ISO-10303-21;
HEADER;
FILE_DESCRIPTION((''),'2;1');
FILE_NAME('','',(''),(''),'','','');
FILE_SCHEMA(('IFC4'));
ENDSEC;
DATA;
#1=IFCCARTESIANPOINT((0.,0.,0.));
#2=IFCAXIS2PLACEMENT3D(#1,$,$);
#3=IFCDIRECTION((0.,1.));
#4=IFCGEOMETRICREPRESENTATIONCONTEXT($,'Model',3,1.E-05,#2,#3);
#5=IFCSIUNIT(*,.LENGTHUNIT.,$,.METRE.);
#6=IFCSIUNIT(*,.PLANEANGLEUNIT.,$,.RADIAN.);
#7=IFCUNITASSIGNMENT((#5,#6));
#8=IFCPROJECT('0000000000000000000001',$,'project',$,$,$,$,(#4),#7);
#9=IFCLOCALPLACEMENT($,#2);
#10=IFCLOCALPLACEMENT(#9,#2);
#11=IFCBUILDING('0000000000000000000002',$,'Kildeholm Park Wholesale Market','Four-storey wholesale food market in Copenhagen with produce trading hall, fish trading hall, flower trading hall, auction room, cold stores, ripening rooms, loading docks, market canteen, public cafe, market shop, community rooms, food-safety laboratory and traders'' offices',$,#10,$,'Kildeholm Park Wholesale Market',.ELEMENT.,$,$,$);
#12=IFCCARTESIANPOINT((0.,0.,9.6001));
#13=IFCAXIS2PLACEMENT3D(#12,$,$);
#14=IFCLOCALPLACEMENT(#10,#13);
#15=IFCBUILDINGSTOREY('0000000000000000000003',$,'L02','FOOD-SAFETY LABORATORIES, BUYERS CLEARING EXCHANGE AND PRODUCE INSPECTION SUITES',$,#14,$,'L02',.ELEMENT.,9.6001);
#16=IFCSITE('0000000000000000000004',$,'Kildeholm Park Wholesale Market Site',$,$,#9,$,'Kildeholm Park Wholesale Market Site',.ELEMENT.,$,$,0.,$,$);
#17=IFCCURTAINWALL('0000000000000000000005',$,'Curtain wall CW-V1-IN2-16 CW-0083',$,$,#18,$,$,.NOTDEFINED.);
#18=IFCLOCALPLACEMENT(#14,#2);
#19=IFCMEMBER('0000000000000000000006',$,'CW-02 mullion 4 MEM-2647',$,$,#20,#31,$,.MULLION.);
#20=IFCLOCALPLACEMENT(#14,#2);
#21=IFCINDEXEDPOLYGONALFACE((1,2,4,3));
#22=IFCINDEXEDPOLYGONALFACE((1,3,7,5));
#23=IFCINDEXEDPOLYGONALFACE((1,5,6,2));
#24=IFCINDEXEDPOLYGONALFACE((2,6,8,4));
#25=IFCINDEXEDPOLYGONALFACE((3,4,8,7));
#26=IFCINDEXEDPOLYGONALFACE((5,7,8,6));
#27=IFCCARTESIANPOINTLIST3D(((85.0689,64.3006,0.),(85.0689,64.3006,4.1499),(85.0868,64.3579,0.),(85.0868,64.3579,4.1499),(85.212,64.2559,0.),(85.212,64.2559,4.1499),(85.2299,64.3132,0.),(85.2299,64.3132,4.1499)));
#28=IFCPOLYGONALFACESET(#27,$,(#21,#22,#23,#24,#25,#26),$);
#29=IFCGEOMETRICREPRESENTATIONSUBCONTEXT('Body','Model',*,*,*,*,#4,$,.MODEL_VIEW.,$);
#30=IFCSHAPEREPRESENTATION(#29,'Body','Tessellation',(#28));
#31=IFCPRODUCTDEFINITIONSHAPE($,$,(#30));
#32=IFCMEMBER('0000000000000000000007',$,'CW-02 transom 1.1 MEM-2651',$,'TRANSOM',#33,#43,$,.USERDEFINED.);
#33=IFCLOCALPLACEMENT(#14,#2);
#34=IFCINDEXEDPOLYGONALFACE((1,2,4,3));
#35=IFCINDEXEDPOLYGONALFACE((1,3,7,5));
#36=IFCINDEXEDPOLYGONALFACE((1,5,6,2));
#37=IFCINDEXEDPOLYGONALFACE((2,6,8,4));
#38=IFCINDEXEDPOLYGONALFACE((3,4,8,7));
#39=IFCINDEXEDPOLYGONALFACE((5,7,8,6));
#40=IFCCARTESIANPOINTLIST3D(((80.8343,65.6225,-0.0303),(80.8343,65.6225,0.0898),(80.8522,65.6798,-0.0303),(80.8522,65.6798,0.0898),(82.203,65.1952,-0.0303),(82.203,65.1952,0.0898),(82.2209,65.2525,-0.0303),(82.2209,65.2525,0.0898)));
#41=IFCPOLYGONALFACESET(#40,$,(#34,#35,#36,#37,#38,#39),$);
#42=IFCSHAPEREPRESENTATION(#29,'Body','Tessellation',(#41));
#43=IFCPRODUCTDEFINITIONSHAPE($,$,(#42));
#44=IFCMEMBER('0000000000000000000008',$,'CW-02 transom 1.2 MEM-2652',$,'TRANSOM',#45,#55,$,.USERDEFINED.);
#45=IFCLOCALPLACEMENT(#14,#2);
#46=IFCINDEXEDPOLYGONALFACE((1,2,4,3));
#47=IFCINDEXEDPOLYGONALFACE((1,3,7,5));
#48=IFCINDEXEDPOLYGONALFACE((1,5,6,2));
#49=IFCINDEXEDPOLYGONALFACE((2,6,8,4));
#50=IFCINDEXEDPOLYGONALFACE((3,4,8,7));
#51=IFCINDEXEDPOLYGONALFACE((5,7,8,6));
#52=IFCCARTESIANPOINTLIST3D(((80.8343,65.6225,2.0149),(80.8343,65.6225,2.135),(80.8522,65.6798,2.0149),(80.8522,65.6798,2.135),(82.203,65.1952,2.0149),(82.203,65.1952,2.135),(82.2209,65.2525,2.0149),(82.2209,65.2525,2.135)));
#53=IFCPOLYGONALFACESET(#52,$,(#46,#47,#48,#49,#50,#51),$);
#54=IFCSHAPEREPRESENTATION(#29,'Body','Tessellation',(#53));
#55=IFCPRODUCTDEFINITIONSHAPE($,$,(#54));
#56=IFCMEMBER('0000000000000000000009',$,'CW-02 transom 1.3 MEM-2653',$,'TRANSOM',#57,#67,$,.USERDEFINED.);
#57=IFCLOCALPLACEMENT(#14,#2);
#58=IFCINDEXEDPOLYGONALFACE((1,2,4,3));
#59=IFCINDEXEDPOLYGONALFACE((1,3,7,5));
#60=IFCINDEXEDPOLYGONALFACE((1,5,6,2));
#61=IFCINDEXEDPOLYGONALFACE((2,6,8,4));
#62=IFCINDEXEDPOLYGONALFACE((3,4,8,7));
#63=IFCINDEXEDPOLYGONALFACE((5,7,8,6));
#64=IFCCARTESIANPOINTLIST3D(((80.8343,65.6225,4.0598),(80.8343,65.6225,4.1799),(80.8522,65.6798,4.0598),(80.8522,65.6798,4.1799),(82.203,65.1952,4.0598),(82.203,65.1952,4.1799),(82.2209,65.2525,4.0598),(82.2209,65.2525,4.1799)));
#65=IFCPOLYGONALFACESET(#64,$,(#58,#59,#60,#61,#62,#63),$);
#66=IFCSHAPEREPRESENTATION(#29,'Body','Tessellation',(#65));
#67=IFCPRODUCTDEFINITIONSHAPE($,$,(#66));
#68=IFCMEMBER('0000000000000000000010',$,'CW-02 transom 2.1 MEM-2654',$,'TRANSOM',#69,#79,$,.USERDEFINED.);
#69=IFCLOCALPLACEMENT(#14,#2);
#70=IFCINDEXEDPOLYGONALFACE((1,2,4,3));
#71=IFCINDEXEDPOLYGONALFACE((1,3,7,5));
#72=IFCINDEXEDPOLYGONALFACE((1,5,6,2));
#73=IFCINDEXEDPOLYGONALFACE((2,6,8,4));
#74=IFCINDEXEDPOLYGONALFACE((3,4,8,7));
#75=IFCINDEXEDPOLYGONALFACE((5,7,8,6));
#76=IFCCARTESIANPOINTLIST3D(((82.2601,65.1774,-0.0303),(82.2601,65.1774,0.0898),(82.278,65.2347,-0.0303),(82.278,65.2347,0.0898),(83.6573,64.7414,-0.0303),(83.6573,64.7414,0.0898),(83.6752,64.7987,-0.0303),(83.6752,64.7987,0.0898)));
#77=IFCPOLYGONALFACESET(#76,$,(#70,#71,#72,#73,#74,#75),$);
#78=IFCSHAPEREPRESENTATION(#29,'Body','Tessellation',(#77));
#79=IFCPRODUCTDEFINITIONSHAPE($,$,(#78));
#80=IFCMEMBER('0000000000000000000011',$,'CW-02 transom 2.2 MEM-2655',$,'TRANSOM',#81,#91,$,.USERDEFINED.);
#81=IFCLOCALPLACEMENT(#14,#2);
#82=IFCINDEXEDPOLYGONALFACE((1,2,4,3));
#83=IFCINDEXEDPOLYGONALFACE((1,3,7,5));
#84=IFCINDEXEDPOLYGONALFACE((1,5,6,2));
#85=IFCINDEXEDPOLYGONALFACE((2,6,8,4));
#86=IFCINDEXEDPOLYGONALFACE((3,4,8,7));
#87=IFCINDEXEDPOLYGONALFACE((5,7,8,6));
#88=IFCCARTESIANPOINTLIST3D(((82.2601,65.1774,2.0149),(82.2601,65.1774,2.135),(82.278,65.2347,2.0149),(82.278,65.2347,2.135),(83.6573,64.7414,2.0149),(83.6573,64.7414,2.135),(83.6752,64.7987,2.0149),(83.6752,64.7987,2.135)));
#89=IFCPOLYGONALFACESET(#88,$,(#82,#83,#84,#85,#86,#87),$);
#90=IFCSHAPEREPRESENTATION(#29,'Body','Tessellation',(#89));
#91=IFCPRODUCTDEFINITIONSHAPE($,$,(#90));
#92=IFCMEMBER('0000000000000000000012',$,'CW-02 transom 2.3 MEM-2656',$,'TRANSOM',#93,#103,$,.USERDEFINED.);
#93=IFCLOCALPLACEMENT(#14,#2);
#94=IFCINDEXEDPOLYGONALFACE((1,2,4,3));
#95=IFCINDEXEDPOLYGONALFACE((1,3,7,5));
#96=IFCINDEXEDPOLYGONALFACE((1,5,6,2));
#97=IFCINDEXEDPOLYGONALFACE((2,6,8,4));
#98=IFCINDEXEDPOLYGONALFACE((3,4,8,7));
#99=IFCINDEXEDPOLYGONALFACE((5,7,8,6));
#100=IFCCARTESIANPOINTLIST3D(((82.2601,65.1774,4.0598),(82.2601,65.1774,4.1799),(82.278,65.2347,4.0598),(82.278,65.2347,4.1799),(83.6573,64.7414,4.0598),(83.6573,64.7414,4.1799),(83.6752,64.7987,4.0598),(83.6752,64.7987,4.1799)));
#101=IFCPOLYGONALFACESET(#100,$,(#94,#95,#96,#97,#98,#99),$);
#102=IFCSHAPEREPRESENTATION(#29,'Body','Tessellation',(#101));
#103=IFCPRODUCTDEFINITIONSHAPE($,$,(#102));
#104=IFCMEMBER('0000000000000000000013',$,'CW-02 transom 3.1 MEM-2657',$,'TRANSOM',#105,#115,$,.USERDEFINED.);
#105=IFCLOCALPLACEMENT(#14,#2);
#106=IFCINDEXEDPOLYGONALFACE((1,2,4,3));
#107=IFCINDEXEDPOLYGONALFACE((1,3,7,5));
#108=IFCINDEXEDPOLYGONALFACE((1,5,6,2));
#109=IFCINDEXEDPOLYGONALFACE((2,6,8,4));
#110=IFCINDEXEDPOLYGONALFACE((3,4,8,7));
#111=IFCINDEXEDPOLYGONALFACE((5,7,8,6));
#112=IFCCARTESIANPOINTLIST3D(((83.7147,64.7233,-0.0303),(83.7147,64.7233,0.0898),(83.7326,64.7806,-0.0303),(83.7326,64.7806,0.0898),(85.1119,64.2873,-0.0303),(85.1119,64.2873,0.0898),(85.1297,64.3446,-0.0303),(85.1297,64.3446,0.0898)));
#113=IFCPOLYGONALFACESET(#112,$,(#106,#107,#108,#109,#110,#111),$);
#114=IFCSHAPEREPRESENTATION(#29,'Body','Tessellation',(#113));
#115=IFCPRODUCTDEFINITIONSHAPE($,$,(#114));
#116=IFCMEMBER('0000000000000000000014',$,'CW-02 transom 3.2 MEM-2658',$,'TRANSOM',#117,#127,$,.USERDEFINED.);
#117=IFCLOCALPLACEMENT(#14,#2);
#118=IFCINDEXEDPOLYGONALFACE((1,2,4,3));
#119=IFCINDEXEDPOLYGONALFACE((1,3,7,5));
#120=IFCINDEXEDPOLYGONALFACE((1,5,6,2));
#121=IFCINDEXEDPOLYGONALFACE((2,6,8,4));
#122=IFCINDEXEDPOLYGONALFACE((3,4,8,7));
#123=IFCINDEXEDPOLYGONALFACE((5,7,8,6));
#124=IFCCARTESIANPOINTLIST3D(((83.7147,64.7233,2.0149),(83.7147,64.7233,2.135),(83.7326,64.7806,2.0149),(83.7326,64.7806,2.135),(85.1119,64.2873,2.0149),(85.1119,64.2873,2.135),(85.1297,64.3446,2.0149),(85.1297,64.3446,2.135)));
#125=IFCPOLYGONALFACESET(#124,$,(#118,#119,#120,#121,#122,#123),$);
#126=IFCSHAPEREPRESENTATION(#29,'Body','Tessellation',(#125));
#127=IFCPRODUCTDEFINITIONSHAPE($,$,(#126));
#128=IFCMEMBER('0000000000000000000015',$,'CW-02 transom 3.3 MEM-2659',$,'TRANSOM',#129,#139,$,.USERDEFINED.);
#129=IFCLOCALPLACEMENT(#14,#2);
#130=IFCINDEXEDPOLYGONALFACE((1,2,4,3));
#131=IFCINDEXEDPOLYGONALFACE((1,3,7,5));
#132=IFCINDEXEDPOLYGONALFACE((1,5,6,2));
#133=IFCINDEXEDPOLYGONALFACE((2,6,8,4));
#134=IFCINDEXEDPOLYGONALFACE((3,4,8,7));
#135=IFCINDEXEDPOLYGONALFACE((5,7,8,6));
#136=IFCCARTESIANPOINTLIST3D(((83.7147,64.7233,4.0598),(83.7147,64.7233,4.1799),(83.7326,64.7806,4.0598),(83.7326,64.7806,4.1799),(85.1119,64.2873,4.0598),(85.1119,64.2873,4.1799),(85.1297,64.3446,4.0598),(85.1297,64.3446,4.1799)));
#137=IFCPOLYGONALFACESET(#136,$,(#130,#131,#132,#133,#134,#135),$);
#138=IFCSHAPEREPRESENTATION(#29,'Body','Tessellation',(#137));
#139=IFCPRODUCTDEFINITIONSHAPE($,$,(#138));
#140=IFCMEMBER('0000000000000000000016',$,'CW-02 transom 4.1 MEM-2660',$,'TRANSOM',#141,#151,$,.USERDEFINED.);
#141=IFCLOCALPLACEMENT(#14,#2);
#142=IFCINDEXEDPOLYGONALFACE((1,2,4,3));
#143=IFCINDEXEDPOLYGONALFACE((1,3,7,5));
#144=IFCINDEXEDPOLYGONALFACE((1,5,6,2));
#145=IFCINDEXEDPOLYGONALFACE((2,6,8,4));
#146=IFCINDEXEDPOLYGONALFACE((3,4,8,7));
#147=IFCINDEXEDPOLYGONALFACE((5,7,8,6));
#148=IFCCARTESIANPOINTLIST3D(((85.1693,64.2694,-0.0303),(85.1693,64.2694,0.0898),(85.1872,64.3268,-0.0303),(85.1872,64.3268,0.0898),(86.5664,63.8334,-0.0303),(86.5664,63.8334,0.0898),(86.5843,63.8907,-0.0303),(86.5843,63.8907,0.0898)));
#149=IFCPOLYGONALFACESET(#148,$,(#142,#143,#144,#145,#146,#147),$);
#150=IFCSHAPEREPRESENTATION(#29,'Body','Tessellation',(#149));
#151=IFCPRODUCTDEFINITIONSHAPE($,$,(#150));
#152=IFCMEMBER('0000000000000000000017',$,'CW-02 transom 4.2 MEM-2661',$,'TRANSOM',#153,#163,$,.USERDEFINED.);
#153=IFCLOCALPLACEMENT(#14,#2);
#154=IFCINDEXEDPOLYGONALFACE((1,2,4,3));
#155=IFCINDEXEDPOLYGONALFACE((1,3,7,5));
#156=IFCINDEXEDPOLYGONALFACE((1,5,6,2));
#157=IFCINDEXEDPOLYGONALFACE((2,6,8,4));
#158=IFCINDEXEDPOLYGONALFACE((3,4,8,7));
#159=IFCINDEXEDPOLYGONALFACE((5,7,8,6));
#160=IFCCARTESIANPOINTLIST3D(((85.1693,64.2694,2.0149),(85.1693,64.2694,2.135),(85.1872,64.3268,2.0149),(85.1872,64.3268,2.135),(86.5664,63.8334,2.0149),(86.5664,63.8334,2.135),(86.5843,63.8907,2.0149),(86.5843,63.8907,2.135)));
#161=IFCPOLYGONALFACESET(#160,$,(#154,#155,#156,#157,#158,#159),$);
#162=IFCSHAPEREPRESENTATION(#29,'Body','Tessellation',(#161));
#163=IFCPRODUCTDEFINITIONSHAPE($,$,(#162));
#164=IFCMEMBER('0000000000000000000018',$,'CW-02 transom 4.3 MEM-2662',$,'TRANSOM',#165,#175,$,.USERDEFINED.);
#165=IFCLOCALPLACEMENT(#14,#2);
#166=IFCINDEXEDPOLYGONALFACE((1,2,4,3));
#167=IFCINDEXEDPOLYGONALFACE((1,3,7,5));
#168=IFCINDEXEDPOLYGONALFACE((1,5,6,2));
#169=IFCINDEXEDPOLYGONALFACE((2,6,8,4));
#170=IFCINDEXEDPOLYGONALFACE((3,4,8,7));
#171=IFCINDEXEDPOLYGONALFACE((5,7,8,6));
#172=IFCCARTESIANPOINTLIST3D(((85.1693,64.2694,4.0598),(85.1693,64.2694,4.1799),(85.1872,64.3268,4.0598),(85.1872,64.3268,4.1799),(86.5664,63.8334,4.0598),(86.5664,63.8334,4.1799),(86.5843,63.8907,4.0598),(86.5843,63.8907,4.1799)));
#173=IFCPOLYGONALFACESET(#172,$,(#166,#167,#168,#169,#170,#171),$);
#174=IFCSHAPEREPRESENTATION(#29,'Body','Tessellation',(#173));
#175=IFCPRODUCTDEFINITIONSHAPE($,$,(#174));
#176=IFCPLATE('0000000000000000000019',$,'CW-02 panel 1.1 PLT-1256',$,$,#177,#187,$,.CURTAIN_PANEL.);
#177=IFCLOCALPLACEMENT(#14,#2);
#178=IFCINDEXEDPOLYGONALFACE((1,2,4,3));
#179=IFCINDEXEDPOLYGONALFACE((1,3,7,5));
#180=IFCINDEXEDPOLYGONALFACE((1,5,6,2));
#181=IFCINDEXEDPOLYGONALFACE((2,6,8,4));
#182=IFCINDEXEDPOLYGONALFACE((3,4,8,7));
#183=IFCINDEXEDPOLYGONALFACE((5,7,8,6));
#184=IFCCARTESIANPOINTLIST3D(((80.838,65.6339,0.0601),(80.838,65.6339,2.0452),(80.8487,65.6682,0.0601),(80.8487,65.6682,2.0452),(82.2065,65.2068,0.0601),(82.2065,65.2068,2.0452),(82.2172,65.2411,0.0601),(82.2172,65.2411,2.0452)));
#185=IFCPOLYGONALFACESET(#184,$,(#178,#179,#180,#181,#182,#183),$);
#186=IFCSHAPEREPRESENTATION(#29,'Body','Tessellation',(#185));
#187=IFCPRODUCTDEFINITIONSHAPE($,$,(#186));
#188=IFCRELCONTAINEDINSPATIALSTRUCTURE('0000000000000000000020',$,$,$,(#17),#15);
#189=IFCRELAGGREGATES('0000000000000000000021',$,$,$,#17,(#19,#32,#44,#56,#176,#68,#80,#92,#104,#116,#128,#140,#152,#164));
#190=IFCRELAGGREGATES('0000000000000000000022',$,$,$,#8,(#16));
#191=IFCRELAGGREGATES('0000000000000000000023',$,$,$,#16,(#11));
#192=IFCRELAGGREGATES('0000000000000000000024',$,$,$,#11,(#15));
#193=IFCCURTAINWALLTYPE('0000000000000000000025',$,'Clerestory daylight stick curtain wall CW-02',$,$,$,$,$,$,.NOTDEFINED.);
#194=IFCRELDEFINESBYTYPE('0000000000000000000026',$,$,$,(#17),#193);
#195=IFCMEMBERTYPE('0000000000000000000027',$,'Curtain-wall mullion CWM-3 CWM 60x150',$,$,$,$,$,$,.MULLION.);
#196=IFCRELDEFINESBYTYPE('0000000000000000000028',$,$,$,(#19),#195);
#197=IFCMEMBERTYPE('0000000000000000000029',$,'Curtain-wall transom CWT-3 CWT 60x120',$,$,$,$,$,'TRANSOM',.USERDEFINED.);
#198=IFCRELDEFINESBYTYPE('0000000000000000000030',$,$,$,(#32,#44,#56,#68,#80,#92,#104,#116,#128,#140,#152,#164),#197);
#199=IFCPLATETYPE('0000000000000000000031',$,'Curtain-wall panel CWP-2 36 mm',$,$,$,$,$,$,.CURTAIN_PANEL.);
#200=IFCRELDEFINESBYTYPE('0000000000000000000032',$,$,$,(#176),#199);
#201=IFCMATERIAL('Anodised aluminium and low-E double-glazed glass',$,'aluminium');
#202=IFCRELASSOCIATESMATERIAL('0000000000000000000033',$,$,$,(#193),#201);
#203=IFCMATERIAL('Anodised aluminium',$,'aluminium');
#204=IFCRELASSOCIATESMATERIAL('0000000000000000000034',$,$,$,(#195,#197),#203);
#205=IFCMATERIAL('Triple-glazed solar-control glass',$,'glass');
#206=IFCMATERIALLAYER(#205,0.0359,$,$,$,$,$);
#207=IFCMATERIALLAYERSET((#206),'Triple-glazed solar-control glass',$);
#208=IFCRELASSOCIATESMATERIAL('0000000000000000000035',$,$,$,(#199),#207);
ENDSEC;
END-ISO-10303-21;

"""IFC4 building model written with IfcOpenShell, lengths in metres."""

from ifc_helpers import new_model, si_unit, direction, frame, origin, origin_2d, place, context, subcontext, project, spatial, rectangle, extrude, material, layer, layer_set, material_profile, profile_set, type_object, element, aggregate, save


model = new_model("IFC4")

# Units and contexts
model_context = context("Model", 3, precision=1e-05, world=origin(), true_north=direction((0.0, 1.0)))
body_context = subcontext(model_context, "Body", "Model", "MODEL_VIEW")
ifc_project = project(units=[si_unit("LENGTHUNIT", "METRE"), si_unit("PLANEANGLEUNIT", "RADIAN")], contexts=[model_context])

# Site, building, storey
site_placement = place(None, origin())
site = spatial("IfcSite", under=ifc_project, at=site_placement, Name="Kildeholm Park Wholesale Market Site", LongName="Kildeholm Park Wholesale Market Site", CompositionType="ELEMENT", RefElevation=0.0)
building_placement = place(site_placement, origin())
building = spatial("IfcBuilding", under=site, at=building_placement, Name="Kildeholm Park Wholesale Market", Description="Four-storey wholesale food market in Copenhagen with produce trading hall, fish trading hall, flower trading hall, auction room, cold stores, ripening rooms, loading docks, market canteen, public cafe, market shop, community rooms, food-safety laboratory and traders' offices", LongName="Kildeholm Park Wholesale Market", CompositionType="ELEMENT")
storey_placement = place(building_placement, frame((0.0, 0.0, 9.6001)))
storey = spatial("IfcBuildingStorey", under=building, at=storey_placement, Name="L02", Description="FOOD-SAFETY LABORATORIES, BUYERS CLEARING EXCHANGE AND PRODUCE INSPECTION SUITES", LongName="L02", CompositionType="ELEMENT", Elevation=9.6001)

# Curtain wall, members, plate
ifc_material_1 = material(Name="Anodised aluminium and low-E double-glazed glass", Category="aluminium")
curtain_wall_type = type_object("IfcCurtainWallType", Name="Clerestory daylight stick curtain wall CW-02", PredefinedType="NOTDEFINED", material=ifc_material_1)
curtain_wall_placement = place(storey_placement, origin())
curtain_wall = element("IfcCurtainWall", 1, at=curtain_wall_placement, inside=storey, type_object=curtain_wall_type, Name="Curtain wall CW-V1-IN2-16 CW-0083", PredefinedType="NOTDEFINED")
ifc_material_2 = material(Name="Anodised aluminium", Category="aluminium")
ifc_material_profile_1 = material_profile(ifc_material_2, rectangle(XDim=0.0601, YDim=0.1499, at=origin_2d()), Name="CWM 60x150")
ifc_profile_set_1 = profile_set([ifc_material_profile_1], Name="Anodised aluminium")
member_type_1 = type_object("IfcMemberType", Name="Curtain-wall mullion CWM-3 CWM 60x150", PredefinedType="MULLION", material=ifc_profile_set_1)
member_1_placement = place(storey_placement, frame((85.1494, 64.3069, 0.0), z_axis=(0.0, 0.0, 1.0), x_axis=(0.297957, 0.954579, 0.0)))
member_1 = element("IfcMember", 2, at=member_1_placement, type_object=member_type_1, Name="CW-02 mullion 4 MEM-2647", PredefinedType="MULLION", context=body_context, shape_type="SweptSolid", body=[
    extrude(rectangle(XDim=0.0601, YDim=0.1499, at=origin_2d()), origin(), (0.0, 0.0, 1.0), 4.1499),
])
ifc_material_profile_2 = material_profile(ifc_material_2, rectangle(XDim=0.0601, YDim=0.1201, at=origin_2d()), Name="CWT 60x120")
ifc_profile_set_2 = profile_set([ifc_material_profile_2], Name="Anodised aluminium")
member_type_2 = type_object("IfcMemberType", Name="Curtain-wall transom CWT-3 CWT 60x120", ElementType="TRANSOM", PredefinedType="USERDEFINED", material=ifc_profile_set_2)
member_2_placement = place(storey_placement, frame((80.8433, 65.6511, 0.0298), z_axis=(0.954571, -0.297984, 0.0), x_axis=(0.297984, 0.954571, 0.0)))
member_2 = element("IfcMember", 3, at=member_2_placement, type_object=member_type_2, Name="CW-02 transom 1.1 MEM-2651", ObjectType="TRANSOM", PredefinedType="USERDEFINED", context=body_context, shape_type="SweptSolid", body=[
    extrude(rectangle(XDim=0.0601, YDim=0.1201, at=origin_2d()), origin(), (0.0, 0.0, 1.0), 1.4338),
])
member_3_placement = place(storey_placement, frame((80.8433, 65.6511, 2.075), z_axis=(0.954571, -0.297984, 0.0), x_axis=(0.297984, 0.954571, 0.0)))
member_3 = element("IfcMember", 4, at=member_3_placement, type_object=member_type_2, Name="CW-02 transom 1.2 MEM-2652", ObjectType="TRANSOM", PredefinedType="USERDEFINED", context=body_context, shape_type="SweptSolid", body=[
    extrude(rectangle(XDim=0.0601, YDim=0.1201, at=origin_2d()), origin(), (0.0, 0.0, 1.0), 1.4338),
])
member_4_placement = place(storey_placement, frame((80.8433, 65.6511, 4.1199), z_axis=(0.954571, -0.297984, 0.0), x_axis=(0.297984, 0.954571, 0.0)))
member_4 = element("IfcMember", 5, at=member_4_placement, type_object=member_type_2, Name="CW-02 transom 1.3 MEM-2653", ObjectType="TRANSOM", PredefinedType="USERDEFINED", context=body_context, shape_type="SweptSolid", body=[
    extrude(rectangle(XDim=0.0601, YDim=0.1201, at=origin_2d()), origin(), (0.0, 0.0, 1.0), 1.4338),
])
member_5_placement = place(storey_placement, frame((82.269, 65.2061, 0.0298), z_axis=(0.954596, -0.297905, 0.0), x_axis=(0.297905, 0.954596, 0.0)))
member_5 = element("IfcMember", 6, at=member_5_placement, type_object=member_type_2, Name="CW-02 transom 2.1 MEM-2654", ObjectType="TRANSOM", PredefinedType="USERDEFINED", context=body_context, shape_type="SweptSolid", body=[
    extrude(rectangle(XDim=0.0601, YDim=0.1201, at=origin_2d()), origin(), (0.0, 0.0, 1.0), 1.4636),
])
member_6_placement = place(storey_placement, frame((82.269, 65.2061, 2.075), z_axis=(0.954596, -0.297905, 0.0), x_axis=(0.297905, 0.954596, 0.0)))
member_6 = element("IfcMember", 7, at=member_6_placement, type_object=member_type_2, Name="CW-02 transom 2.2 MEM-2655", ObjectType="TRANSOM", PredefinedType="USERDEFINED", context=body_context, shape_type="SweptSolid", body=[
    extrude(rectangle(XDim=0.0601, YDim=0.1201, at=origin_2d()), origin(), (0.0, 0.0, 1.0), 1.4636),
])
member_7_placement = place(storey_placement, frame((82.269, 65.2061, 4.1199), z_axis=(0.954596, -0.297905, 0.0), x_axis=(0.297905, 0.954596, 0.0)))
member_7 = element("IfcMember", 8, at=member_7_placement, type_object=member_type_2, Name="CW-02 transom 2.3 MEM-2656", ObjectType="TRANSOM", PredefinedType="USERDEFINED", context=body_context, shape_type="SweptSolid", body=[
    extrude(rectangle(XDim=0.0601, YDim=0.1201, at=origin_2d()), origin(), (0.0, 0.0, 1.0), 1.4636),
])
member_8_placement = place(storey_placement, frame((83.7236, 64.752, 0.0298), z_axis=(0.954596, -0.297905, 0.0), x_axis=(0.297905, 0.954596, 0.0)))
member_8 = element("IfcMember", 9, at=member_8_placement, type_object=member_type_2, Name="CW-02 transom 3.1 MEM-2657", ObjectType="TRANSOM", PredefinedType="USERDEFINED", context=body_context, shape_type="SweptSolid", body=[
    extrude(rectangle(XDim=0.0601, YDim=0.1201, at=origin_2d()), origin(), (0.0, 0.0, 1.0), 1.4636),
])
member_9_placement = place(storey_placement, frame((83.7236, 64.752, 2.075), z_axis=(0.954596, -0.297905, 0.0), x_axis=(0.297905, 0.954596, 0.0)))
member_9 = element("IfcMember", 10, at=member_9_placement, type_object=member_type_2, Name="CW-02 transom 3.2 MEM-2658", ObjectType="TRANSOM", PredefinedType="USERDEFINED", context=body_context, shape_type="SweptSolid", body=[
    extrude(rectangle(XDim=0.0601, YDim=0.1201, at=origin_2d()), origin(), (0.0, 0.0, 1.0), 1.4636),
])
member_10_placement = place(storey_placement, frame((83.7236, 64.752, 4.1199), z_axis=(0.954596, -0.297905, 0.0), x_axis=(0.297905, 0.954596, 0.0)))
member_10 = element("IfcMember", 11, at=member_10_placement, type_object=member_type_2, Name="CW-02 transom 3.3 MEM-2659", ObjectType="TRANSOM", PredefinedType="USERDEFINED", context=body_context, shape_type="SweptSolid", body=[
    extrude(rectangle(XDim=0.0601, YDim=0.1201, at=origin_2d()), origin(), (0.0, 0.0, 1.0), 1.4636),
])
member_11_placement = place(storey_placement, frame((85.1782, 64.2981, 0.0298), z_axis=(0.954596, -0.297905, 0.0), x_axis=(0.297905, 0.954596, 0.0)))
member_11 = element("IfcMember", 12, at=member_11_placement, type_object=member_type_2, Name="CW-02 transom 4.1 MEM-2660", ObjectType="TRANSOM", PredefinedType="USERDEFINED", context=body_context, shape_type="SweptSolid", body=[
    extrude(rectangle(XDim=0.0601, YDim=0.1201, at=origin_2d()), origin(), (0.0, 0.0, 1.0), 1.4636),
])
member_12_placement = place(storey_placement, frame((85.1782, 64.2981, 2.075), z_axis=(0.954596, -0.297905, 0.0), x_axis=(0.297905, 0.954596, 0.0)))
member_12 = element("IfcMember", 13, at=member_12_placement, type_object=member_type_2, Name="CW-02 transom 4.2 MEM-2661", ObjectType="TRANSOM", PredefinedType="USERDEFINED", context=body_context, shape_type="SweptSolid", body=[
    extrude(rectangle(XDim=0.0601, YDim=0.1201, at=origin_2d()), origin(), (0.0, 0.0, 1.0), 1.4636),
])
member_13_placement = place(storey_placement, frame((85.1782, 64.2981, 4.1199), z_axis=(0.954596, -0.297905, 0.0), x_axis=(0.297905, 0.954596, 0.0)))
member_13 = element("IfcMember", 14, at=member_13_placement, type_object=member_type_2, Name="CW-02 transom 4.3 MEM-2662", ObjectType="TRANSOM", PredefinedType="USERDEFINED", context=body_context, shape_type="SweptSolid", body=[
    extrude(rectangle(XDim=0.0601, YDim=0.1201, at=origin_2d()), origin(), (0.0, 0.0, 1.0), 1.4636),
])
ifc_material_3 = material(Name="Triple-glazed solar-control glass", Category="glass")
ifc_layer_1 = layer(ifc_material_3, 0.0359)
ifc_layer_set_1 = layer_set([ifc_layer_1], Name="Triple-glazed solar-control glass")
plate_type_1 = type_object("IfcPlateType", Name="Curtain-wall panel CWP-2 36 mm", PredefinedType="CURTAIN_PANEL", material=ifc_layer_set_1)
plate_1_placement = place(storey_placement, frame((81.5276, 65.4375, 0.0601), z_axis=(0.0, 0.0, 1.0), x_axis=(0.954579, -0.297957, 0.0)))
plate_1 = element("IfcPlate", 15, at=plate_1_placement, type_object=plate_type_1, Name="CW-02 panel 1.1 PLT-1256", PredefinedType="CURTAIN_PANEL", context=body_context, shape_type="SweptSolid", body=[
    extrude(rectangle(XDim=1.4336, YDim=0.0359, at=origin_2d()), origin(), (0.0, 0.0, 1.0), 1.9851),
])
aggregate(curtain_wall, [member_1, member_2, member_3, member_4, plate_1, member_5, member_6, member_7, member_8, member_9, member_10, member_11, member_12, member_13])

save(model, "model.ifc")
